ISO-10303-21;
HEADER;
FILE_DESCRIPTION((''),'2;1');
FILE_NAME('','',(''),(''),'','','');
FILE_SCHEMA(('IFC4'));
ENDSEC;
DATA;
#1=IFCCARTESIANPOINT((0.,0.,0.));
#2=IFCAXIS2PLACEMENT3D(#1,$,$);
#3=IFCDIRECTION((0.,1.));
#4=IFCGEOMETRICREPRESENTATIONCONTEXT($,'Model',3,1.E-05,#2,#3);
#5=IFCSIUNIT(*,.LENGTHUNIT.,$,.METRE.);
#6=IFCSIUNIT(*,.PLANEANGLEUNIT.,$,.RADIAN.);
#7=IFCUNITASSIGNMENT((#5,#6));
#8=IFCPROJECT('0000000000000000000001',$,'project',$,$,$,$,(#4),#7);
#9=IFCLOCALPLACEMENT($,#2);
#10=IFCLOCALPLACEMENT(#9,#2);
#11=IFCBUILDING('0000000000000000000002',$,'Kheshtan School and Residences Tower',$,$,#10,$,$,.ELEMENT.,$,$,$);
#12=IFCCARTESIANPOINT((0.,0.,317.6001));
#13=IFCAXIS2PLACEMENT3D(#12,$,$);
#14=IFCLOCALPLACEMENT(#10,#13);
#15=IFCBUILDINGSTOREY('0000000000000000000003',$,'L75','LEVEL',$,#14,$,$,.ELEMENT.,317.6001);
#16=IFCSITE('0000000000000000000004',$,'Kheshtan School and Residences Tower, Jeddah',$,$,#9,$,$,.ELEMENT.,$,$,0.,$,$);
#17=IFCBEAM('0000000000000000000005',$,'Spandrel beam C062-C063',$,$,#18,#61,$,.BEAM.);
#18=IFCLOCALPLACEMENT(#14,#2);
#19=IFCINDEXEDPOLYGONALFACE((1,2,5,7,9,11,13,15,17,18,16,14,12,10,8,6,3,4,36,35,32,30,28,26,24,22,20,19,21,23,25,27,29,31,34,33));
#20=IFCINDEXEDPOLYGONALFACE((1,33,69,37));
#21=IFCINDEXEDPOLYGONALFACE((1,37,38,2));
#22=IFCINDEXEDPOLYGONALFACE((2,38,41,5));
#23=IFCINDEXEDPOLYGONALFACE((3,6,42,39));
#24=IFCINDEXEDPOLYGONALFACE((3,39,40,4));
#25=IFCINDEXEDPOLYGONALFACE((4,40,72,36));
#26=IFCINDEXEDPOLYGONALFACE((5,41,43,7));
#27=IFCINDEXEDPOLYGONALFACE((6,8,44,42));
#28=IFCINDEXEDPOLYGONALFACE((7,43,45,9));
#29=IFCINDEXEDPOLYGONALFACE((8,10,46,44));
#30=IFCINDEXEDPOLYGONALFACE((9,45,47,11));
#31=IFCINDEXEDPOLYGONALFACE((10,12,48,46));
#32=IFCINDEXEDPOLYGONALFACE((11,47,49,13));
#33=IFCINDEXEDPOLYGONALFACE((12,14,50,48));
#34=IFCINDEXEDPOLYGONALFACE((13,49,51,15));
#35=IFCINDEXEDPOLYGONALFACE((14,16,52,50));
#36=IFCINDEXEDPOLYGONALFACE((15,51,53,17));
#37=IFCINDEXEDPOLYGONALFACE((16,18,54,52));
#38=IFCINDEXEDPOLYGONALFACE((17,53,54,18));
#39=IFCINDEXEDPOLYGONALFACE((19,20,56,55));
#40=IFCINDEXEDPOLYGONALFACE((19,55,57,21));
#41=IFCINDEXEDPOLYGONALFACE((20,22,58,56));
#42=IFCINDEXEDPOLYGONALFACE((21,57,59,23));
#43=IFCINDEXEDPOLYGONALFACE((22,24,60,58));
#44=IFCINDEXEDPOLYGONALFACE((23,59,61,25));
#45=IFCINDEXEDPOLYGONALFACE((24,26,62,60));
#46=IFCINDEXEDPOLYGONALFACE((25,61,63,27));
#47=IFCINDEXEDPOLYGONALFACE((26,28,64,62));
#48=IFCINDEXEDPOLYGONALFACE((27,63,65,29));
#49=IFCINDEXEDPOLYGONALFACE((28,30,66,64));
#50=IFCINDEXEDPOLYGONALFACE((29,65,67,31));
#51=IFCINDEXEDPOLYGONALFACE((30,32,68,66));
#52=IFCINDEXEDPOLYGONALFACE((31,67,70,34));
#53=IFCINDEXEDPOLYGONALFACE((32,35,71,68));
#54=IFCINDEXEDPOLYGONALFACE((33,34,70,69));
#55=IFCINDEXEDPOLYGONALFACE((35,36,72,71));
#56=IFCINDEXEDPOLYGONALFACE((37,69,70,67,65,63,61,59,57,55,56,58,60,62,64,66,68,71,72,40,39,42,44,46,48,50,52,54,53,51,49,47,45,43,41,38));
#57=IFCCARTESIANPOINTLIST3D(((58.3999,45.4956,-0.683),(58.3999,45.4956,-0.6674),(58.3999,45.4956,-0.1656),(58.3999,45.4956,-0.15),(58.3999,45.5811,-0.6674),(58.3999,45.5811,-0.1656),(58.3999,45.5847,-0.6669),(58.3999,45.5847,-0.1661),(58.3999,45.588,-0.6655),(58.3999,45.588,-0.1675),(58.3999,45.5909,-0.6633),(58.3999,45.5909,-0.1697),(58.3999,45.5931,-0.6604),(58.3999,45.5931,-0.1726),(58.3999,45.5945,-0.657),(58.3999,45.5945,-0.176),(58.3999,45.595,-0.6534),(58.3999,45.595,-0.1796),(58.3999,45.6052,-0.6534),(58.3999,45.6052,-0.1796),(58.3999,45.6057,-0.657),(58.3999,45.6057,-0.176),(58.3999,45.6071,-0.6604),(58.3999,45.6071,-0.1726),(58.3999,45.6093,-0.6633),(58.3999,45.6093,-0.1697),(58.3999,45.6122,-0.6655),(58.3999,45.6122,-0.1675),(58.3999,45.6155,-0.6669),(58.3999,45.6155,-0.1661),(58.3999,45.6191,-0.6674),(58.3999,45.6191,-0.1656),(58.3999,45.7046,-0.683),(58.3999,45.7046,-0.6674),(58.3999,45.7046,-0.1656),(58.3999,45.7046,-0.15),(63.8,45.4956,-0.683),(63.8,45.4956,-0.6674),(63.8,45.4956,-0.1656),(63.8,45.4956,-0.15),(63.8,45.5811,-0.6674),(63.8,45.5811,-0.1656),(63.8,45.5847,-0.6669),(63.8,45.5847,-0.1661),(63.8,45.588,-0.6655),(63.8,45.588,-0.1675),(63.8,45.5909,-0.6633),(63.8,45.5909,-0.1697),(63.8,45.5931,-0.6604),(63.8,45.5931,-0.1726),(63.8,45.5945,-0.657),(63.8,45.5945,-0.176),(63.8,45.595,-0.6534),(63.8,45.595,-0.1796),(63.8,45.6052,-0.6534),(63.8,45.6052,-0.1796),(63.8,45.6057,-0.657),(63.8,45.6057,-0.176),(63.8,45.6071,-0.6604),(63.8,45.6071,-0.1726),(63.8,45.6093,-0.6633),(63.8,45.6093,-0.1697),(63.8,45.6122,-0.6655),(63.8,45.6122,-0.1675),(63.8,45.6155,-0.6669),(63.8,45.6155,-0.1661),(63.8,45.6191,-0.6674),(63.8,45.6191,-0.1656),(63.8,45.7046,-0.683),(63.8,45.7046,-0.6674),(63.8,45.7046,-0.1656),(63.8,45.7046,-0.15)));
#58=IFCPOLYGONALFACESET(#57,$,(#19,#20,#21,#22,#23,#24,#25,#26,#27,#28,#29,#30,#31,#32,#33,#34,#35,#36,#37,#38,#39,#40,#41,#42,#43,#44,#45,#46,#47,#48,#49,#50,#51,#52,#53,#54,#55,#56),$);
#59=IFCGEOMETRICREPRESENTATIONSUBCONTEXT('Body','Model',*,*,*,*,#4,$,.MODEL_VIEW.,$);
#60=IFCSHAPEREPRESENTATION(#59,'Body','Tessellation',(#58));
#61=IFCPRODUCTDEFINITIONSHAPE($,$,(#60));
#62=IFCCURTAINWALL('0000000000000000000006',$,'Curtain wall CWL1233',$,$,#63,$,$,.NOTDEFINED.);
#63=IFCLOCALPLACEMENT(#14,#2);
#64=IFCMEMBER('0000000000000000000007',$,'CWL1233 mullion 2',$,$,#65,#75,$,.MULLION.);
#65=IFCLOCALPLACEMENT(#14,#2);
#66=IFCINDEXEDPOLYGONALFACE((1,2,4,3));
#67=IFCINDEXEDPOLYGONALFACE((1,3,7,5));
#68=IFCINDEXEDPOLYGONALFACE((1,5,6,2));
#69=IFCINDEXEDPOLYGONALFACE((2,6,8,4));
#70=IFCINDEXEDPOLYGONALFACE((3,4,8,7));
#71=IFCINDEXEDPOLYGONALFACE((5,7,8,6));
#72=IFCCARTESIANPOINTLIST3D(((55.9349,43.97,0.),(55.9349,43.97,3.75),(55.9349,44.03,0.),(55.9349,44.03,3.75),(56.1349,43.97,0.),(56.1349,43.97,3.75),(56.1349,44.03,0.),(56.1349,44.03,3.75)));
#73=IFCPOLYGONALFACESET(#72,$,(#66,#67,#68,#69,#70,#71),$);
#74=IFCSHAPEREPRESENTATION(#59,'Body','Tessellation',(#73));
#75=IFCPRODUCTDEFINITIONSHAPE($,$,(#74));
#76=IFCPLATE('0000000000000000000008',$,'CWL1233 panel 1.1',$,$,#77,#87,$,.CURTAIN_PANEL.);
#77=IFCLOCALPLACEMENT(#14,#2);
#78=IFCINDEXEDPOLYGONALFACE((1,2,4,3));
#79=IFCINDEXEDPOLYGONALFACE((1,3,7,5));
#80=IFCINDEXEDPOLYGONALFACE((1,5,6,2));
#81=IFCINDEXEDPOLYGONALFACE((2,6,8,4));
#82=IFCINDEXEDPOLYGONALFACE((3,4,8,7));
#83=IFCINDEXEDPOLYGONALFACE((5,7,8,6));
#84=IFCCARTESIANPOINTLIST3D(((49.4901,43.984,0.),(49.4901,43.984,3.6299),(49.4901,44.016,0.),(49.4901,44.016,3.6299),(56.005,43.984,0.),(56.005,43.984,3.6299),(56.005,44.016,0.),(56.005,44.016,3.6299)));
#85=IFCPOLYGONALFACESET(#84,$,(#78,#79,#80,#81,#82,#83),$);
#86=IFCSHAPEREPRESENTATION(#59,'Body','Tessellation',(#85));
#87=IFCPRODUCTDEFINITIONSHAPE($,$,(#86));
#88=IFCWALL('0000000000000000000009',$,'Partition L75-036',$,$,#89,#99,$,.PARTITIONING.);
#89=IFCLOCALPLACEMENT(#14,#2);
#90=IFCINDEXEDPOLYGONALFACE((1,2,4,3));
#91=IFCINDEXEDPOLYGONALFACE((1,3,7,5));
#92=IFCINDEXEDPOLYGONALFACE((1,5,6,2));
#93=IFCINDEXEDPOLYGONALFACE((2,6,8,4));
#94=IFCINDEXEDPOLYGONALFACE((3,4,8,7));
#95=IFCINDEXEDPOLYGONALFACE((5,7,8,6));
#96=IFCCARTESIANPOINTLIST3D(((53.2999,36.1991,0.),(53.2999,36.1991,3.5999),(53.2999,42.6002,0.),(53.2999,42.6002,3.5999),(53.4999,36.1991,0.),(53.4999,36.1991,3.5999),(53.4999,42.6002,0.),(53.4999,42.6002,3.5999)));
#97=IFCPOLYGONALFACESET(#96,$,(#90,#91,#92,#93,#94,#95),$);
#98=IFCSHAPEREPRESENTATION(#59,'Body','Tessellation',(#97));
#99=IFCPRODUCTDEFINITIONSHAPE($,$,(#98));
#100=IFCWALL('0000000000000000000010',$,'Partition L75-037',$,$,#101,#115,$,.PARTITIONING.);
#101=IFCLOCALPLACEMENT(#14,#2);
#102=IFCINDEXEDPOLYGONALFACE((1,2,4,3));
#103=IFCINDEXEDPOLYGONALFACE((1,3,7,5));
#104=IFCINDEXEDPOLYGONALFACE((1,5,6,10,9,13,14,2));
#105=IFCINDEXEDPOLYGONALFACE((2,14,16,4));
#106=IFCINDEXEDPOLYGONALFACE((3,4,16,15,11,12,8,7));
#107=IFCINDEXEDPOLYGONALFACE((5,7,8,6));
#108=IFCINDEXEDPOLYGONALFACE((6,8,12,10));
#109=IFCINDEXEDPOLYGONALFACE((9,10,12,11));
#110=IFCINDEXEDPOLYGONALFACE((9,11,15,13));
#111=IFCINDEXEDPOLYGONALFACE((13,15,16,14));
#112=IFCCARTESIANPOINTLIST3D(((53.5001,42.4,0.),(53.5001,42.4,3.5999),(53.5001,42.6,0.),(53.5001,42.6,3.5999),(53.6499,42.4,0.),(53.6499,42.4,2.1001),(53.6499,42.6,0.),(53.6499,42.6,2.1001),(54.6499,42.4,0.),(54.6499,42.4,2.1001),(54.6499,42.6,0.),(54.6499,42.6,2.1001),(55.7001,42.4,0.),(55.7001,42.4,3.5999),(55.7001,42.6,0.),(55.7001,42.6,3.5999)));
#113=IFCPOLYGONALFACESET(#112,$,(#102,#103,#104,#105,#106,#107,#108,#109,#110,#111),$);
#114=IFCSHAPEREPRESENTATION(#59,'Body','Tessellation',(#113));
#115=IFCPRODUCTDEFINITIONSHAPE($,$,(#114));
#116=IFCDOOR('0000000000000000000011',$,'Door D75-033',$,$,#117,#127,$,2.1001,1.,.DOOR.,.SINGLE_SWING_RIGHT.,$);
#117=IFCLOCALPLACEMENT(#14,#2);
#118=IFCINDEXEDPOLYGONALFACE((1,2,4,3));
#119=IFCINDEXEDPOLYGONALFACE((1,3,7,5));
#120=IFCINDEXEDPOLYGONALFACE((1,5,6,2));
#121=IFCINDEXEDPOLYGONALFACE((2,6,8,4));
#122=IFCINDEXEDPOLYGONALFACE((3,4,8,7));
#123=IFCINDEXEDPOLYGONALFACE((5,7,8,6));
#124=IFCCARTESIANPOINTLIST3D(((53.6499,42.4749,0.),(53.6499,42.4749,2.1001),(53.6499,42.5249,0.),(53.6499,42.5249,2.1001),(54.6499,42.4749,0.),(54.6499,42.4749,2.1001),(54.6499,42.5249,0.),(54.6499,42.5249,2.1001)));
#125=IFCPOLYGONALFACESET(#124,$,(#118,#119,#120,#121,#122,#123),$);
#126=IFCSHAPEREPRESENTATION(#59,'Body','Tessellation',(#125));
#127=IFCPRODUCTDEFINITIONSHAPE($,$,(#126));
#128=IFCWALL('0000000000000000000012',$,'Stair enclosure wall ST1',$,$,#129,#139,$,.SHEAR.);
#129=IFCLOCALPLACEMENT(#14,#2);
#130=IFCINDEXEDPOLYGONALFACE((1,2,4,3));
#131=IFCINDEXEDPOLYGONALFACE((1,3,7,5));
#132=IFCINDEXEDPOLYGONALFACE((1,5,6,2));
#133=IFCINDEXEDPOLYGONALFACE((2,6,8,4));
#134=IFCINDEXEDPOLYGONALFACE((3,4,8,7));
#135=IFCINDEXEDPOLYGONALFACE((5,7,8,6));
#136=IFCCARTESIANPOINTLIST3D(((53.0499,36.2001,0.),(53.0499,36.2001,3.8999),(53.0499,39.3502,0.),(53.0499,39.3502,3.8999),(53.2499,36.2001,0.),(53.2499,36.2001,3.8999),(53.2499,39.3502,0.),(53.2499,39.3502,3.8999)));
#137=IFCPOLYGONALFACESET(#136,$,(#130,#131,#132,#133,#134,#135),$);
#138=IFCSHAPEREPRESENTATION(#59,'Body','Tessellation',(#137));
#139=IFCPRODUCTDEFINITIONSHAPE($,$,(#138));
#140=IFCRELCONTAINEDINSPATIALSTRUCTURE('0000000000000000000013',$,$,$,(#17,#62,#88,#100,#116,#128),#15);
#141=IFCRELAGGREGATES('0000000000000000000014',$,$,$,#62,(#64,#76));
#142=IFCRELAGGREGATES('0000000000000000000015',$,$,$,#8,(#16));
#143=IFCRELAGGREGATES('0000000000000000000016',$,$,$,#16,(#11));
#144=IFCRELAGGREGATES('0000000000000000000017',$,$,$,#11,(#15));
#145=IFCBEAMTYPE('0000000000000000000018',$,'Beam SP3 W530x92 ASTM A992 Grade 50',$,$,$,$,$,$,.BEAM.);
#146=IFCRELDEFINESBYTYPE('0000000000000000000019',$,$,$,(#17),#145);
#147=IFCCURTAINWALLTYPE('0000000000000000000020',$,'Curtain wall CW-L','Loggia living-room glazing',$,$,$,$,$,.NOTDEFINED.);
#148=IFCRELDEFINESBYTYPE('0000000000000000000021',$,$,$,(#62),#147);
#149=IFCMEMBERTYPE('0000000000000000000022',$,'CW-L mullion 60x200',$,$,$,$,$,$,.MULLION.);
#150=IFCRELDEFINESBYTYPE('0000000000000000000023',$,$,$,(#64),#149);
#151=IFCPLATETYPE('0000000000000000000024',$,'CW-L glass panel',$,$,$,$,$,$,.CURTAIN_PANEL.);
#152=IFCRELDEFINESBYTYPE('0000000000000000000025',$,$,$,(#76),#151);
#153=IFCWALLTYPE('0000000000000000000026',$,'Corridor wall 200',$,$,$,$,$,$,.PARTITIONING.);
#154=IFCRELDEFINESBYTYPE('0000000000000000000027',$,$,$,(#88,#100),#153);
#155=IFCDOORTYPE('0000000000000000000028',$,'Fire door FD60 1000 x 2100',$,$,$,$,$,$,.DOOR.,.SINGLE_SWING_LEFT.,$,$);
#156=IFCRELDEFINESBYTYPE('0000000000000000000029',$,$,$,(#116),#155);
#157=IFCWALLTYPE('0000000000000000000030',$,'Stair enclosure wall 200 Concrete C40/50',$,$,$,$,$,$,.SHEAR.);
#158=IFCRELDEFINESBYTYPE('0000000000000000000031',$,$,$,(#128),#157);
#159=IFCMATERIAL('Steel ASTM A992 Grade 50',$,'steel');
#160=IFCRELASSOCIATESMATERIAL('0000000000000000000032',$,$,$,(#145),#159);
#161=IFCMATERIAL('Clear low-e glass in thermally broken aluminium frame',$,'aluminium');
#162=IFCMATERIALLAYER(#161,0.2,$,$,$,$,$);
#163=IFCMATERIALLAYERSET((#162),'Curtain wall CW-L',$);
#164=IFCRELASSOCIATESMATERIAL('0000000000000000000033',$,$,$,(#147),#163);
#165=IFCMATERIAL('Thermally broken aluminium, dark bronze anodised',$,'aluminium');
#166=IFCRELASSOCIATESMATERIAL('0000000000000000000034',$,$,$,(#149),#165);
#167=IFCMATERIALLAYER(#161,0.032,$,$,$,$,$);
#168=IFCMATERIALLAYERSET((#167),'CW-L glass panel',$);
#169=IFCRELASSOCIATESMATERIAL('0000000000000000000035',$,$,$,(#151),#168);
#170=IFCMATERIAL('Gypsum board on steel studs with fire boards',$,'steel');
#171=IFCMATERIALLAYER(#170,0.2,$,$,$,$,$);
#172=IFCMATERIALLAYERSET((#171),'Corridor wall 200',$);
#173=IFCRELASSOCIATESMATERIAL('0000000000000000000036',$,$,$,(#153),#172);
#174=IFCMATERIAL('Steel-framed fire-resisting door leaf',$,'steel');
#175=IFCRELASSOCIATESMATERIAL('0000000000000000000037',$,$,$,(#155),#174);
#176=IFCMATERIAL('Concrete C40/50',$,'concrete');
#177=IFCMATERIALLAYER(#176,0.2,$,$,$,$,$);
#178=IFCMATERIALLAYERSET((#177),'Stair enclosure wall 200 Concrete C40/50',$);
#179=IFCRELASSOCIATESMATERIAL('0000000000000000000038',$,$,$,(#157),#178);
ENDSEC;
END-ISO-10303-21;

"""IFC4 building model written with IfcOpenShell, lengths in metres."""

from ifc_helpers import new_model, si_unit, direction, frame, frame_2d, origin, origin_2d, place, context, subcontext, project, spatial, rectangle, i_section, extrude, source, transform, mapped, material, layer, layer_set, material_profile, profile_set, type_object, element, fill, aggregate, save


model = new_model("IFC4")

# Units and contexts
model_context = context("Model", 3, precision=1e-05, world=origin(), true_north=direction((0.0, 1.0)))
body_context = subcontext(model_context, "Body", "Model", "MODEL_VIEW")
ifc_project = project(units=[si_unit("LENGTHUNIT", "METRE"), si_unit("PLANEANGLEUNIT", "RADIAN")], contexts=[model_context])

# Site, building, storey
site_placement = place(None, origin())
site = spatial("IfcSite", under=ifc_project, at=site_placement, Name="Kheshtan School and Residences Tower, Jeddah", CompositionType="ELEMENT", RefElevation=0.0)
building_placement = place(site_placement, origin())
building = spatial("IfcBuilding", under=site, at=building_placement, Name="Kheshtan School and Residences Tower", CompositionType="ELEMENT")
storey_placement = place(building_placement, frame((0.0, 0.0, 317.6001)))
storey = spatial("IfcBuildingStorey", under=building, at=storey_placement, Name="L75", Description="LEVEL", CompositionType="ELEMENT", Elevation=317.6001)

# Shared definitions
ifc_material_1 = material(Name="Steel ASTM A992 Grade 50", Category="steel")

# Beam
ifc_material_profile_1 = material_profile(ifc_material_1, i_section(OverallWidth=0.209, OverallDepth=0.533, WebThickness=0.0103, FlangeThickness=0.0156, FilletRadius=0.0139, at=origin_2d()), Name="W530x92")
ifc_profile_set_1 = profile_set([ifc_material_profile_1], Name="Steel ASTM A992 Grade 50")
beam_type_1 = type_object("IfcBeamType", Name="Beam SP3 W530x92 ASTM A992 Grade 50", PredefinedType="BEAM", material=ifc_profile_set_1)
beam_1_placement = place(storey_placement, frame((58.3999, 45.6001, -0.4165), z_axis=(1.0, 0.0, 0.0), x_axis=(0.0, 1.0, 0.0)))
element("IfcBeam", 1, at=beam_1_placement, inside=storey, type_object=beam_type_1, Name="Spandrel beam C062-C063", PredefinedType="BEAM", context=body_context, shape_type="SweptSolid", body=[
    extrude(i_section(OverallWidth=0.209, OverallDepth=0.533, WebThickness=0.0103, FlangeThickness=0.0156, FilletRadius=0.0139, at=origin_2d()), origin(), (0.0, 0.0, 1.0), 5.4001),
])

# Curtain wall, member, plate
ifc_material_2 = material(Name="Clear low-e glass in thermally broken aluminium frame", Category="aluminium")
ifc_layer_1 = layer(ifc_material_2, 0.2)
ifc_layer_set_1 = layer_set([ifc_layer_1], Name="Curtain wall CW-L")
curtain_wall_type = type_object("IfcCurtainWallType", Name="Curtain wall CW-L", Description="Loggia living-room glazing", PredefinedType="NOTDEFINED", material=ifc_layer_set_1)
curtain_wall_placement = place(storey_placement, origin())
curtain_wall = element("IfcCurtainWall", 2, at=curtain_wall_placement, inside=storey, type_object=curtain_wall_type, Name="Curtain wall CWL1233", PredefinedType="NOTDEFINED")
ifc_material_3 = material(Name="Thermally broken aluminium, dark bronze anodised", Category="aluminium")
ifc_material_profile_2 = material_profile(ifc_material_3, rectangle(XDim=0.0601, YDim=0.2, at=origin_2d()), Name="CW-L mullion 60x200")
ifc_profile_set_2 = profile_set([ifc_material_profile_2], Name="Thermally broken aluminium, dark bronze anodised")
member_type = type_object("IfcMemberType", Name="CW-L mullion 60x200", PredefinedType="MULLION", material=ifc_profile_set_2)
member_placement = place(storey_placement, frame((56.0349, 44.0, 0.0), z_axis=(0.0, 0.0, 1.0), x_axis=(0.0, 1.0, 0.0)))
member = element("IfcMember", 3, at=member_placement, type_object=member_type, Name="CWL1233 mullion 2", PredefinedType="MULLION", context=body_context, shape_type="SweptSolid", body=[
    extrude(rectangle(XDim=0.0601, YDim=0.2, at=origin_2d()), origin(), (0.0, 0.0, 1.0), 3.75),
])
ifc_layer_2 = layer(ifc_material_2, 0.032)
ifc_layer_set_2 = layer_set([ifc_layer_2], Name="CW-L glass panel")
plate_type = type_object("IfcPlateType", Name="CW-L glass panel", PredefinedType="CURTAIN_PANEL", material=ifc_layer_set_2)
plate_placement = place(storey_placement, frame((52.7476, 44.0, 0.0), z_axis=(0.0, 0.0, 1.0), x_axis=(1.0, 0.0, 0.0)))
plate = element("IfcPlate", 4, at=plate_placement, type_object=plate_type, Name="CWL1233 panel 1.1", PredefinedType="CURTAIN_PANEL", context=body_context, shape_type="SweptSolid", body=[
    extrude(rectangle(XDim=6.5149, YDim=0.032, at=origin_2d()), origin(), (0.0, 0.0, 1.0), 3.6299),
])
aggregate(curtain_wall, [member, plate])

# Wall
ifc_material_4 = material(Name="Gypsum board on steel studs with fire boards", Category="steel")
ifc_layer_3 = layer(ifc_material_4, 0.2)
ifc_layer_set_3 = layer_set([ifc_layer_3], Name="Corridor wall 200")
wall_type_1 = type_object("IfcWallType", Name="Corridor wall 200", PredefinedType="PARTITIONING", material=ifc_layer_set_3)
wall_1_placement = place(storey_placement, frame((53.3999, 36.199, 0.0), z_axis=(0.0, 0.0, 1.0), x_axis=(0.0, 1.0, 0.0)))
element("IfcWall", 5, at=wall_1_placement, inside=storey, type_object=wall_type_1, Name="Partition L75-036", PredefinedType="PARTITIONING", context=body_context, shape_type="SweptSolid", body=[
    extrude(rectangle(XDim=6.4011, YDim=0.2, at=frame_2d((3.2007, 0.0))), origin(), (0.0, 0.0, 1.0), 3.5999),
])

# Wall, opening, door
wall_2_placement = place(storey_placement, frame((53.5, 42.5, 0.0), z_axis=(0.0, 0.0, 1.0), x_axis=(1.0, 0.0, 0.0)))
wall_2 = element("IfcWall", 6, at=wall_2_placement, inside=storey, type_object=wall_type_1, Name="Partition L75-037", PredefinedType="PARTITIONING", context=body_context, shape_type="SweptSolid", body=[
    extrude(rectangle(XDim=2.2, YDim=0.2, at=frame_2d((1.1001, 0.0))), origin(), (0.0, 0.0, 1.0), 3.5999),
])
opening_1_placement = place(wall_2_placement, frame((0.1499, 0.0, 0.0)))
opening_1 = element("IfcOpeningElement", 7, at=opening_1_placement, cuts=wall_2, PredefinedType="OPENING", context=body_context, shape_type="SweptSolid", body=[
    extrude(rectangle(XDim=1.0, YDim=2.1001, at=frame_2d((0.5, 1.05))), frame((0.0, 0.1099, 0.0), z_axis=(0.0, -1.0, 0.0), x_axis=(1.0, 0.0, 0.0)), (0.0, 0.0, 1.0), 0.22),
])
ifc_material_5 = material(Name="Steel-framed fire-resisting door leaf", Category="steel")
door_type_1 = type_object("IfcDoorType", Name="Fire door FD60 1000 x 2100", OperationType="SINGLE_SWING_LEFT", PredefinedType="DOOR", material=ifc_material_5)
shared_shape_1 = source(origin(), body_context, "Body", "SweptSolid", [
    extrude(rectangle(XDim=1.0, YDim=2.1001, at=frame_2d((0.5, 1.05))), frame((0.0, 0.0249, 0.0), z_axis=(0.0, -1.0, 0.0), x_axis=(1.0, 0.0, 0.0)), (0.0, 0.0, 1.0), 0.05),
])
door_1_placement = place(opening_1_placement, origin())
door_1 = element("IfcDoor", 8, at=door_1_placement, inside=storey, type_object=door_type_1, Name="Door D75-033", OperationType="SINGLE_SWING_RIGHT", OverallHeight=2.1001, OverallWidth=1.0, PredefinedType="DOOR", context=body_context, shape_type="MappedRepresentation", body=[
    mapped(shared_shape_1, transform((0.0, 0.0, 0.0), x_axis=(1.0, 0.0, 0.0), y_axis=(0.0, 1.0, 0.0), z_axis=(0.0, 0.0, 1.0), scale=1.0)),
])
fill(opening_1, door_1)

# Wall
ifc_material_6 = material(Name="Concrete C40/50", Category="concrete")
ifc_layer_4 = layer(ifc_material_6, 0.2)
ifc_layer_set_4 = layer_set([ifc_layer_4], Name="Stair enclosure wall 200 Concrete C40/50")
wall_type_2 = type_object("IfcWallType", Name="Stair enclosure wall 200 Concrete C40/50", PredefinedType="SHEAR", material=ifc_layer_set_4)
wall_3_placement = place(storey_placement, frame((53.1499, 36.2, 0.0), z_axis=(0.0, 0.0, 1.0), x_axis=(0.0, 1.0, 0.0)))
element("IfcWall", 9, at=wall_3_placement, inside=storey, type_object=wall_type_2, Name="Stair enclosure wall ST1", PredefinedType="SHEAR", context=body_context, shape_type="SweptSolid", body=[
    extrude(rectangle(XDim=3.1501, YDim=0.2, at=frame_2d((1.5752, 0.0))), origin(), (0.0, 0.0, 1.0), 3.8999),
])

save(model, "model.ifc")
